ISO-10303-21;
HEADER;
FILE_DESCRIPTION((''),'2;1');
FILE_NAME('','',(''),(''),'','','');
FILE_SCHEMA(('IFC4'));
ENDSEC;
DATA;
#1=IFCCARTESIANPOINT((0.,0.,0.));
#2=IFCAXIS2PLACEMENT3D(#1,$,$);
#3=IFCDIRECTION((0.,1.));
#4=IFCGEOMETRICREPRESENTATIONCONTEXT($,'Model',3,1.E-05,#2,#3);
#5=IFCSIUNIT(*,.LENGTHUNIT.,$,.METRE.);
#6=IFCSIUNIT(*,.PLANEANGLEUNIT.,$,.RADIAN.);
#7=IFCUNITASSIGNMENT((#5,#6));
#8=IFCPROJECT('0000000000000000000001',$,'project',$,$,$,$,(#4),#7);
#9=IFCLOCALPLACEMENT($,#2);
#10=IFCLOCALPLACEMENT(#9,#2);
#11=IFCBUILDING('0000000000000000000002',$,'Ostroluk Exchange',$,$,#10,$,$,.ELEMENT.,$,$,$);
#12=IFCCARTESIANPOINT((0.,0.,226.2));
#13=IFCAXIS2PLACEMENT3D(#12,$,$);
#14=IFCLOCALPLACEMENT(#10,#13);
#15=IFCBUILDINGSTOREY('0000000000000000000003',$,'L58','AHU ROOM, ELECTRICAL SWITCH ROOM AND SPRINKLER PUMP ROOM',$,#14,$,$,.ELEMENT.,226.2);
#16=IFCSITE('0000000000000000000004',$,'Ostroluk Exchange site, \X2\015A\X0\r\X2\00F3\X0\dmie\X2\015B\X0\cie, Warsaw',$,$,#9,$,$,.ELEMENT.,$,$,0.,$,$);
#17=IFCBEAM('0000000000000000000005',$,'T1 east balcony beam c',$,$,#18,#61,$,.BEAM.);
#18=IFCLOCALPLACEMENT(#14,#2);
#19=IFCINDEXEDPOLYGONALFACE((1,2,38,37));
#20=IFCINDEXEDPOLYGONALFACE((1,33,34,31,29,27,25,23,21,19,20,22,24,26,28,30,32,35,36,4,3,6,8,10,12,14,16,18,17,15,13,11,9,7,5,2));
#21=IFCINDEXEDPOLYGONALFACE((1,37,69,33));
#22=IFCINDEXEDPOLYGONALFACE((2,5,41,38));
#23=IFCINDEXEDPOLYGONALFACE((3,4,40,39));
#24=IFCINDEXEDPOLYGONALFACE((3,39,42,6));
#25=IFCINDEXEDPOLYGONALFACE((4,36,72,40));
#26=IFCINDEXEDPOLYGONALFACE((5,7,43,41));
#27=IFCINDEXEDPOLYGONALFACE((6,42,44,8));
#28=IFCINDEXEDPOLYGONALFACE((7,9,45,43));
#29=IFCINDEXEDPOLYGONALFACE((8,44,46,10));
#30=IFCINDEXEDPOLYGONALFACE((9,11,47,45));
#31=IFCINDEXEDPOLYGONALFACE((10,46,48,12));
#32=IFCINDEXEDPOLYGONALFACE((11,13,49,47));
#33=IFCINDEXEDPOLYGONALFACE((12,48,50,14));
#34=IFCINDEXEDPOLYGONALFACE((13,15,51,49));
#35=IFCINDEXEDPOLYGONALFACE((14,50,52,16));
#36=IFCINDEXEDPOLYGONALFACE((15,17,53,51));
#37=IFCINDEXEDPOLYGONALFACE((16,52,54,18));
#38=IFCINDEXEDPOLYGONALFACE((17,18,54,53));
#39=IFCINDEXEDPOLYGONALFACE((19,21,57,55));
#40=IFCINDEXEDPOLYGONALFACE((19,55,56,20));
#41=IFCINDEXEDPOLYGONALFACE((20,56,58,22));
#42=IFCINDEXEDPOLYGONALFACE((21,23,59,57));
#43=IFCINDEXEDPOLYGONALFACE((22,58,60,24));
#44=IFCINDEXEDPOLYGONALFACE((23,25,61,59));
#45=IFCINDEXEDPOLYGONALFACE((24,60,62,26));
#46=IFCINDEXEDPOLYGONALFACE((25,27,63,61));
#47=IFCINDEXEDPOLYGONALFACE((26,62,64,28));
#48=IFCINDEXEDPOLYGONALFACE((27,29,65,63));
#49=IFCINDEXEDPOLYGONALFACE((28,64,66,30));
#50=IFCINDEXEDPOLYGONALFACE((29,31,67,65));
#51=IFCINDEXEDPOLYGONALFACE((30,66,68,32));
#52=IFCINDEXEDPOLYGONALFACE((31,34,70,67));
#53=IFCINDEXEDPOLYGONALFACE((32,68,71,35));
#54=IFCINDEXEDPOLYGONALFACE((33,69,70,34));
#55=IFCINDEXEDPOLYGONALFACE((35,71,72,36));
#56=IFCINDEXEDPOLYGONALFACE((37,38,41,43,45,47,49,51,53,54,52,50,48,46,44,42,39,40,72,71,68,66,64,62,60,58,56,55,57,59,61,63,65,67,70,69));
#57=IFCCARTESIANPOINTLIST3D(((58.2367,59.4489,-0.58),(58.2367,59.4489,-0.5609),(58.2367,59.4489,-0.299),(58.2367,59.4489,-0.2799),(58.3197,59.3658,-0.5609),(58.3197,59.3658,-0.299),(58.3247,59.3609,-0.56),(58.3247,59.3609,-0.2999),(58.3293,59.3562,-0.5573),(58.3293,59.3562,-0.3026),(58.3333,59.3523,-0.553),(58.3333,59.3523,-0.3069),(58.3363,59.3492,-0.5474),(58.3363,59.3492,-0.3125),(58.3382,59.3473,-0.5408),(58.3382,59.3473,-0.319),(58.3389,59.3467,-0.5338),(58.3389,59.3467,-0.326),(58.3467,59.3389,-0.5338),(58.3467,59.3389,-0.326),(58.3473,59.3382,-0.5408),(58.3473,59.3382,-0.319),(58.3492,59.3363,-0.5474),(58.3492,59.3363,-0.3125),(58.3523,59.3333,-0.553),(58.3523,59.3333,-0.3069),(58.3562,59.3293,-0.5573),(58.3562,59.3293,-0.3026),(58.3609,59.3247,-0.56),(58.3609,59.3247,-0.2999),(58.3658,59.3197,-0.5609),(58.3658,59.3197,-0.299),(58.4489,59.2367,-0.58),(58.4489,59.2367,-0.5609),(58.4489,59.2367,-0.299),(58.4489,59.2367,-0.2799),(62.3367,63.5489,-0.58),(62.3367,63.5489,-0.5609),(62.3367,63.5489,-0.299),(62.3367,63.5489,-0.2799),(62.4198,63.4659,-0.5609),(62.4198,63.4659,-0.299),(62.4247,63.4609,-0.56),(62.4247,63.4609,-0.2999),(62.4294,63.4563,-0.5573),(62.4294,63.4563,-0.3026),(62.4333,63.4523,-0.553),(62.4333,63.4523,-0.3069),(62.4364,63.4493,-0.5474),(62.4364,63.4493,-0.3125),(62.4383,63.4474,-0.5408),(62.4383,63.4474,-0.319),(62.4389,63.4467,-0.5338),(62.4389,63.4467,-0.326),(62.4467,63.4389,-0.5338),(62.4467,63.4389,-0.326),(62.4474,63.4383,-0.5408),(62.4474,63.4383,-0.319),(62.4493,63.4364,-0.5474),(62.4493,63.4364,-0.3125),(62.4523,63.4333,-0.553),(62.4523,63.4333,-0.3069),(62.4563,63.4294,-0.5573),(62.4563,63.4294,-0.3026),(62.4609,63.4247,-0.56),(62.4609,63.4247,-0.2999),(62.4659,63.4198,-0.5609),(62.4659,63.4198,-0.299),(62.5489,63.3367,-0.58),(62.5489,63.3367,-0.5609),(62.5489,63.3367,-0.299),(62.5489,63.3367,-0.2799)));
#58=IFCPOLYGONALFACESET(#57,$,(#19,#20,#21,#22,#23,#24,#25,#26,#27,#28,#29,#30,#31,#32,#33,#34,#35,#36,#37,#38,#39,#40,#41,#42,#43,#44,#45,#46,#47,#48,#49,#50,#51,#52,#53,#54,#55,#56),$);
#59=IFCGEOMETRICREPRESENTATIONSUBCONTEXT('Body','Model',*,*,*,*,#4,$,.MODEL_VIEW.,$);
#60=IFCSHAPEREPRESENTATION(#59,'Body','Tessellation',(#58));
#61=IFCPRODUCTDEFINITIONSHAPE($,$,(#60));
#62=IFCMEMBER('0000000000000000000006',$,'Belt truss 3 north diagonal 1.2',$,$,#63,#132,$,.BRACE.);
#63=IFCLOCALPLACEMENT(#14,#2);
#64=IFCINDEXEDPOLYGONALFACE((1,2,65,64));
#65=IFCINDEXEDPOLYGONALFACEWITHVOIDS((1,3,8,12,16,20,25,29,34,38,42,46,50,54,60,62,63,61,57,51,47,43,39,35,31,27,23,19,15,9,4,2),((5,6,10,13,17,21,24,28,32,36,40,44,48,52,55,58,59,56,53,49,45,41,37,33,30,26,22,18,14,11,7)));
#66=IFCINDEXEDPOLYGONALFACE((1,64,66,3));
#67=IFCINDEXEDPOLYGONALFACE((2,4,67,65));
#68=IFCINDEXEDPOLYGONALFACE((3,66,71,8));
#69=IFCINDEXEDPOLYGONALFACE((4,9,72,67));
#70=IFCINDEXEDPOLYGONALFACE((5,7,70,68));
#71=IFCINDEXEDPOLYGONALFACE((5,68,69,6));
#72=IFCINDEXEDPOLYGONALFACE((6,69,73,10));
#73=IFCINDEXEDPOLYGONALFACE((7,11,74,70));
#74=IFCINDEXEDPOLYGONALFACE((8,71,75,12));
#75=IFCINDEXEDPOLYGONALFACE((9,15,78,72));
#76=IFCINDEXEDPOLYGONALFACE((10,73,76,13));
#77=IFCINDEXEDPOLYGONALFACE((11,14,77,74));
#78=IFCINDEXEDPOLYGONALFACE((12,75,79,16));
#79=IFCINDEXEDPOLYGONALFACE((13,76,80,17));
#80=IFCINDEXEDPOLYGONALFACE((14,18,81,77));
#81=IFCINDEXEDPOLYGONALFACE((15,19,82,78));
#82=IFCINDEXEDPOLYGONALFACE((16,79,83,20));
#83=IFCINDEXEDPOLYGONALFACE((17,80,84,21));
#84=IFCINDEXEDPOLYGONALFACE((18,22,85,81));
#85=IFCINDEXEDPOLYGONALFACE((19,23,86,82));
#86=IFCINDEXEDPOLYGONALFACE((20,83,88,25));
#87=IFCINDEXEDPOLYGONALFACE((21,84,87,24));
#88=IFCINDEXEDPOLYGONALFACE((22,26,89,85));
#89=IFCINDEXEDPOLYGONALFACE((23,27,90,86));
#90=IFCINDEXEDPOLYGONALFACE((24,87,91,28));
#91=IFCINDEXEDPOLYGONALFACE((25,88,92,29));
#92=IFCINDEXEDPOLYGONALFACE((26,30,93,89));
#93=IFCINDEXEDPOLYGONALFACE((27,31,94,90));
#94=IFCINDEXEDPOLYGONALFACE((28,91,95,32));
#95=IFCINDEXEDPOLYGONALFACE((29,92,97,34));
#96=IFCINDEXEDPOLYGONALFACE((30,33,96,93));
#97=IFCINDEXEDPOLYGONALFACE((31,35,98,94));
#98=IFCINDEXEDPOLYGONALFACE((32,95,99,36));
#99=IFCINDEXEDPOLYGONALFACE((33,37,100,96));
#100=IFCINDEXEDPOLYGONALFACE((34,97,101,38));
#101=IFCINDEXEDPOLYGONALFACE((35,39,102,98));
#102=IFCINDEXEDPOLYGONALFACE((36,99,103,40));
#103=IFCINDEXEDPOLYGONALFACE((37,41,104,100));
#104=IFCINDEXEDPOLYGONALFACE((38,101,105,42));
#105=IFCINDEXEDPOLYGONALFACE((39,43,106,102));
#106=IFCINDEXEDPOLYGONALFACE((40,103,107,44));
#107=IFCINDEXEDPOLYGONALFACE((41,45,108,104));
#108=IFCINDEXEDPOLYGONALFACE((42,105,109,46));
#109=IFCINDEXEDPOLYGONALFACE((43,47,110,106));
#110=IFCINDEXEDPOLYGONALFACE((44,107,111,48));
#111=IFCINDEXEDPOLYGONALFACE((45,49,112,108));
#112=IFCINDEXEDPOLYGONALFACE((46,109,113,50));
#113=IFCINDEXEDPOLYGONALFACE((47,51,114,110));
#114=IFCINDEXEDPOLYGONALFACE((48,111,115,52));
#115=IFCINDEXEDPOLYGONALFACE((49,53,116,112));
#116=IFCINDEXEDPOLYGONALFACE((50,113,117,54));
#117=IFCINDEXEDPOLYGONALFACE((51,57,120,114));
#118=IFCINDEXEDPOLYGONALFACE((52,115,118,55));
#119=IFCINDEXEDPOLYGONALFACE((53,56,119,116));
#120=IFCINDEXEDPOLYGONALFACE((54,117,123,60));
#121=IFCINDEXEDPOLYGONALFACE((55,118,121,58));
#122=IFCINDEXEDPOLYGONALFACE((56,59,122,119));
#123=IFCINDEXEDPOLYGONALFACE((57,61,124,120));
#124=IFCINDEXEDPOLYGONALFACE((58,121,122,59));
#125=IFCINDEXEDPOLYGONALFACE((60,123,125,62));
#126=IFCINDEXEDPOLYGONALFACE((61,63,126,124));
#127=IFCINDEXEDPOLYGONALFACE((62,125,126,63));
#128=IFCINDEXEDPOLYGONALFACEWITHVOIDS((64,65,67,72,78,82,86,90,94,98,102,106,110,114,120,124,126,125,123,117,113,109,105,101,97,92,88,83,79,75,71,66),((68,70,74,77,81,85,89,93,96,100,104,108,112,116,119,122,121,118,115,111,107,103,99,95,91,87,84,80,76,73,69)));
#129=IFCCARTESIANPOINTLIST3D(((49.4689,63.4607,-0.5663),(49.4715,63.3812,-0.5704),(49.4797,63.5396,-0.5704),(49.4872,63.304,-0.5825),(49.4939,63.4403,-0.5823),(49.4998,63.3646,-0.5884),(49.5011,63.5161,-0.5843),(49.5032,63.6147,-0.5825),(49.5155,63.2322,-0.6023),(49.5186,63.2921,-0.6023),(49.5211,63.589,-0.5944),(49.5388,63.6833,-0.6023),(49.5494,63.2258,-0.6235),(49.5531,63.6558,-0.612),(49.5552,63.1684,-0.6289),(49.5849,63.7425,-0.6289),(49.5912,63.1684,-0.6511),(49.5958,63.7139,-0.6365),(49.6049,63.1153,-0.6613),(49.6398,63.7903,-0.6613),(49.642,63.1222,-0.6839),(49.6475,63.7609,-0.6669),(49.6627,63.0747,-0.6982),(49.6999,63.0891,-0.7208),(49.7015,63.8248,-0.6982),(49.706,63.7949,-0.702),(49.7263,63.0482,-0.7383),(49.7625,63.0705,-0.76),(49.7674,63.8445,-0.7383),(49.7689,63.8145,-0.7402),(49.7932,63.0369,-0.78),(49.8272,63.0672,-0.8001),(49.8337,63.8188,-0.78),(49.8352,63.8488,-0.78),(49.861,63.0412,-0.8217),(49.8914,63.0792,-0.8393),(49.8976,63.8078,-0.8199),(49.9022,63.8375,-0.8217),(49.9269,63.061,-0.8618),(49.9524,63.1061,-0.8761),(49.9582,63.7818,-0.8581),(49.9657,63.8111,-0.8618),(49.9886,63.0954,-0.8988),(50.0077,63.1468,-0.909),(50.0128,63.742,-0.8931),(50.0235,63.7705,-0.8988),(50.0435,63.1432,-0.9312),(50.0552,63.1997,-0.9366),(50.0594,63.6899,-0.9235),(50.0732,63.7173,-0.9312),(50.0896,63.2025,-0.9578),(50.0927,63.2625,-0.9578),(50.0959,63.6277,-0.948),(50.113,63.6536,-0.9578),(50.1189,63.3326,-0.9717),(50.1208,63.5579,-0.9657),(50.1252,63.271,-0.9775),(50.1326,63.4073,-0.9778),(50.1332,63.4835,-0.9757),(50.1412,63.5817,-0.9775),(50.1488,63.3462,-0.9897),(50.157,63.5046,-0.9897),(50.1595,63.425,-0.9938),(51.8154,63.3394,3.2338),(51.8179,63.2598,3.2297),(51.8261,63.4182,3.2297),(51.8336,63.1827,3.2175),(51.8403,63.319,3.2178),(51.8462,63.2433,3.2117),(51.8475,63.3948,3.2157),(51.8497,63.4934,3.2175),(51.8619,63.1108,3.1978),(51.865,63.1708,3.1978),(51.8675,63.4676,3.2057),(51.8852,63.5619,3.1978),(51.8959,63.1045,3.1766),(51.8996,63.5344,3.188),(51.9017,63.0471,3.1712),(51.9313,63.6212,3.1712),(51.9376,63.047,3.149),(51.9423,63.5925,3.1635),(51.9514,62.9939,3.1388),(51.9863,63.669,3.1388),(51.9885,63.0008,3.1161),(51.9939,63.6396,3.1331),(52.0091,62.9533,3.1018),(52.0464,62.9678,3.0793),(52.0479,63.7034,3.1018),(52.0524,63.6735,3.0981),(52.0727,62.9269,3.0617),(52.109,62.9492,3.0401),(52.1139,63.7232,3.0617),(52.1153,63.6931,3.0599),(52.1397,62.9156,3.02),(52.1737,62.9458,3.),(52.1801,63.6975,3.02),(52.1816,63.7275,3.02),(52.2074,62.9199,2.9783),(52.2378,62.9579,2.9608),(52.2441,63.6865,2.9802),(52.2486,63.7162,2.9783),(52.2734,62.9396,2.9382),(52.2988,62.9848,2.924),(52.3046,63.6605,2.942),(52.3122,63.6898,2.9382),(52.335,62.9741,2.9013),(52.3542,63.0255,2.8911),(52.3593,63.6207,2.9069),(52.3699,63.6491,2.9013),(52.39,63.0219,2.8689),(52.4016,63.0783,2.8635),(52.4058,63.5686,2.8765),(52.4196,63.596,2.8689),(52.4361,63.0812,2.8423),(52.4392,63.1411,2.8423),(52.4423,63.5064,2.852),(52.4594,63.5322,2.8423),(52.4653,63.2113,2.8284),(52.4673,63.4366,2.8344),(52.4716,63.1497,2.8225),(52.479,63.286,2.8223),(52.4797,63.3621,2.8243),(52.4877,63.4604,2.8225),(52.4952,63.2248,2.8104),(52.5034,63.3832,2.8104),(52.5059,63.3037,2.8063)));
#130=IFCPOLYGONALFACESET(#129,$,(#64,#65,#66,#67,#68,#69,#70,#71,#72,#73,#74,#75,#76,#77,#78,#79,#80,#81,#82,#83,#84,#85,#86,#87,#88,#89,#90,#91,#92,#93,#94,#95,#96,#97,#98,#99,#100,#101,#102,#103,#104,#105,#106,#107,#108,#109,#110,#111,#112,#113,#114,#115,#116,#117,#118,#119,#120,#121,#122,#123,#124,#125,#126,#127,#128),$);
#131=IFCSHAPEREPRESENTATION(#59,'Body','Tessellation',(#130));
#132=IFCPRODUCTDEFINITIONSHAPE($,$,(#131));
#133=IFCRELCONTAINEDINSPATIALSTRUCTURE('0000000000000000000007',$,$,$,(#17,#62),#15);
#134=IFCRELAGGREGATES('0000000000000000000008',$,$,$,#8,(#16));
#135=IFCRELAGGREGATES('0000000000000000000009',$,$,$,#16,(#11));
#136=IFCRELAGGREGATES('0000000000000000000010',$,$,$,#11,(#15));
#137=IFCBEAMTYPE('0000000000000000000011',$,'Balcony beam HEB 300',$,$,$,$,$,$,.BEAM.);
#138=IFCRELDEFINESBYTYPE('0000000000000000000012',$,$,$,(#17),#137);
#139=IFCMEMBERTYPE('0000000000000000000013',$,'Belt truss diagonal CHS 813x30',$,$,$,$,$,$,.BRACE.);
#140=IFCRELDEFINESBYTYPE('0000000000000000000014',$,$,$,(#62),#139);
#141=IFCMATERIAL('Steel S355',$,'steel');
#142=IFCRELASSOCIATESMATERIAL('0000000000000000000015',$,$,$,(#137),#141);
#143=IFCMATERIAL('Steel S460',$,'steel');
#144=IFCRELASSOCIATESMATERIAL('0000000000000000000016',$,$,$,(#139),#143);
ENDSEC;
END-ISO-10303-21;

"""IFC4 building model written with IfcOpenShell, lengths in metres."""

from ifc_helpers import new_model, si_unit, direction, frame, origin, origin_2d, place, context, subcontext, project, spatial, hollow_circle, i_section, extrude, material, material_profile, profile_set, type_object, element, save


model = new_model("IFC4")

# Units and contexts
model_context = context("Model", 3, precision=1e-05, world=origin(), true_north=direction((0.0, 1.0)))
body_context = subcontext(model_context, "Body", "Model", "MODEL_VIEW")
ifc_project = project(units=[si_unit("LENGTHUNIT", "METRE"), si_unit("PLANEANGLEUNIT", "RADIAN")], contexts=[model_context])

# Site, building, storey
site_placement = place(None, origin())
site = spatial("IfcSite", under=ifc_project, at=site_placement, Name="Ostroluk Exchange site, Śródmieście, Warsaw", CompositionType="ELEMENT", RefElevation=0.0)
building_placement = place(site_placement, origin())
building = spatial("IfcBuilding", under=site, at=building_placement, Name="Ostroluk Exchange", CompositionType="ELEMENT")
storey_placement = place(building_placement, frame((0.0, 0.0, 226.2)))
storey = spatial("IfcBuildingStorey", under=building, at=storey_placement, Name="L58", Description="AHU ROOM, ELECTRICAL SWITCH ROOM AND SPRINKLER PUMP ROOM", CompositionType="ELEMENT", Elevation=226.2)

# Beam
ifc_material_1 = material(Name="Steel S355", Category="steel")
ifc_material_profile_1 = material_profile(ifc_material_1, i_section(OverallWidth=0.3, OverallDepth=0.3, WebThickness=0.011, FlangeThickness=0.019, FilletRadius=0.0271, at=origin_2d()), Name="HEB 300")
ifc_profile_set_1 = profile_set([ifc_material_profile_1], Name="Steel S355")
beam_type_1 = type_object("IfcBeamType", Name="Balcony beam HEB 300", PredefinedType="BEAM", material=ifc_profile_set_1)
beam_placement = place(storey_placement, frame((58.3428, 59.3428, -0.4299), z_axis=(0.707107, 0.707107, 0.0), x_axis=(-0.707107, 0.707107, 0.0)))
element("IfcBeam", 1, at=beam_placement, inside=storey, type_object=beam_type_1, Name="T1 east balcony beam c", PredefinedType="BEAM", context=body_context, shape_type="SweptSolid", body=[
    extrude(i_section(OverallWidth=0.3, OverallDepth=0.3, WebThickness=0.011, FlangeThickness=0.019, FilletRadius=0.0271, at=origin_2d()), origin(), (0.0, 0.0, 1.0), 5.7983),
])

# Member
ifc_material_2 = material(Name="Steel S460", Category="steel")
ifc_material_profile_2 = material_profile(ifc_material_2, hollow_circle(Radius=0.4065, WallThickness=0.03, at=origin_2d()), Name="CHS 813x30")
ifc_profile_set_2 = profile_set([ifc_material_profile_2], Name="Steel S460")
member_type_1 = type_object("IfcMemberType", Name="Belt truss diagonal CHS 813x30", PredefinedType="BRACE", material=ifc_profile_set_2)
member_1_placement = place(storey_placement, frame((49.8142, 63.4429, -0.78), z_axis=(0.525193, -0.027159, 0.85055), x_axis=(0.051643, 0.998666, 0.0)))
element("IfcMember", 2, at=member_1_placement, inside=storey, type_object=member_type_1, Name="Belt truss 3 north diagonal 1.2", PredefinedType="BRACE", context=body_context, shape_type="SweptSolid", body=[
    extrude(hollow_circle(Radius=0.4065, WallThickness=0.03, at=origin_2d()), origin(), (0.0, 0.0, 1.0), 4.4678),
])

save(model, "model.ifc")
